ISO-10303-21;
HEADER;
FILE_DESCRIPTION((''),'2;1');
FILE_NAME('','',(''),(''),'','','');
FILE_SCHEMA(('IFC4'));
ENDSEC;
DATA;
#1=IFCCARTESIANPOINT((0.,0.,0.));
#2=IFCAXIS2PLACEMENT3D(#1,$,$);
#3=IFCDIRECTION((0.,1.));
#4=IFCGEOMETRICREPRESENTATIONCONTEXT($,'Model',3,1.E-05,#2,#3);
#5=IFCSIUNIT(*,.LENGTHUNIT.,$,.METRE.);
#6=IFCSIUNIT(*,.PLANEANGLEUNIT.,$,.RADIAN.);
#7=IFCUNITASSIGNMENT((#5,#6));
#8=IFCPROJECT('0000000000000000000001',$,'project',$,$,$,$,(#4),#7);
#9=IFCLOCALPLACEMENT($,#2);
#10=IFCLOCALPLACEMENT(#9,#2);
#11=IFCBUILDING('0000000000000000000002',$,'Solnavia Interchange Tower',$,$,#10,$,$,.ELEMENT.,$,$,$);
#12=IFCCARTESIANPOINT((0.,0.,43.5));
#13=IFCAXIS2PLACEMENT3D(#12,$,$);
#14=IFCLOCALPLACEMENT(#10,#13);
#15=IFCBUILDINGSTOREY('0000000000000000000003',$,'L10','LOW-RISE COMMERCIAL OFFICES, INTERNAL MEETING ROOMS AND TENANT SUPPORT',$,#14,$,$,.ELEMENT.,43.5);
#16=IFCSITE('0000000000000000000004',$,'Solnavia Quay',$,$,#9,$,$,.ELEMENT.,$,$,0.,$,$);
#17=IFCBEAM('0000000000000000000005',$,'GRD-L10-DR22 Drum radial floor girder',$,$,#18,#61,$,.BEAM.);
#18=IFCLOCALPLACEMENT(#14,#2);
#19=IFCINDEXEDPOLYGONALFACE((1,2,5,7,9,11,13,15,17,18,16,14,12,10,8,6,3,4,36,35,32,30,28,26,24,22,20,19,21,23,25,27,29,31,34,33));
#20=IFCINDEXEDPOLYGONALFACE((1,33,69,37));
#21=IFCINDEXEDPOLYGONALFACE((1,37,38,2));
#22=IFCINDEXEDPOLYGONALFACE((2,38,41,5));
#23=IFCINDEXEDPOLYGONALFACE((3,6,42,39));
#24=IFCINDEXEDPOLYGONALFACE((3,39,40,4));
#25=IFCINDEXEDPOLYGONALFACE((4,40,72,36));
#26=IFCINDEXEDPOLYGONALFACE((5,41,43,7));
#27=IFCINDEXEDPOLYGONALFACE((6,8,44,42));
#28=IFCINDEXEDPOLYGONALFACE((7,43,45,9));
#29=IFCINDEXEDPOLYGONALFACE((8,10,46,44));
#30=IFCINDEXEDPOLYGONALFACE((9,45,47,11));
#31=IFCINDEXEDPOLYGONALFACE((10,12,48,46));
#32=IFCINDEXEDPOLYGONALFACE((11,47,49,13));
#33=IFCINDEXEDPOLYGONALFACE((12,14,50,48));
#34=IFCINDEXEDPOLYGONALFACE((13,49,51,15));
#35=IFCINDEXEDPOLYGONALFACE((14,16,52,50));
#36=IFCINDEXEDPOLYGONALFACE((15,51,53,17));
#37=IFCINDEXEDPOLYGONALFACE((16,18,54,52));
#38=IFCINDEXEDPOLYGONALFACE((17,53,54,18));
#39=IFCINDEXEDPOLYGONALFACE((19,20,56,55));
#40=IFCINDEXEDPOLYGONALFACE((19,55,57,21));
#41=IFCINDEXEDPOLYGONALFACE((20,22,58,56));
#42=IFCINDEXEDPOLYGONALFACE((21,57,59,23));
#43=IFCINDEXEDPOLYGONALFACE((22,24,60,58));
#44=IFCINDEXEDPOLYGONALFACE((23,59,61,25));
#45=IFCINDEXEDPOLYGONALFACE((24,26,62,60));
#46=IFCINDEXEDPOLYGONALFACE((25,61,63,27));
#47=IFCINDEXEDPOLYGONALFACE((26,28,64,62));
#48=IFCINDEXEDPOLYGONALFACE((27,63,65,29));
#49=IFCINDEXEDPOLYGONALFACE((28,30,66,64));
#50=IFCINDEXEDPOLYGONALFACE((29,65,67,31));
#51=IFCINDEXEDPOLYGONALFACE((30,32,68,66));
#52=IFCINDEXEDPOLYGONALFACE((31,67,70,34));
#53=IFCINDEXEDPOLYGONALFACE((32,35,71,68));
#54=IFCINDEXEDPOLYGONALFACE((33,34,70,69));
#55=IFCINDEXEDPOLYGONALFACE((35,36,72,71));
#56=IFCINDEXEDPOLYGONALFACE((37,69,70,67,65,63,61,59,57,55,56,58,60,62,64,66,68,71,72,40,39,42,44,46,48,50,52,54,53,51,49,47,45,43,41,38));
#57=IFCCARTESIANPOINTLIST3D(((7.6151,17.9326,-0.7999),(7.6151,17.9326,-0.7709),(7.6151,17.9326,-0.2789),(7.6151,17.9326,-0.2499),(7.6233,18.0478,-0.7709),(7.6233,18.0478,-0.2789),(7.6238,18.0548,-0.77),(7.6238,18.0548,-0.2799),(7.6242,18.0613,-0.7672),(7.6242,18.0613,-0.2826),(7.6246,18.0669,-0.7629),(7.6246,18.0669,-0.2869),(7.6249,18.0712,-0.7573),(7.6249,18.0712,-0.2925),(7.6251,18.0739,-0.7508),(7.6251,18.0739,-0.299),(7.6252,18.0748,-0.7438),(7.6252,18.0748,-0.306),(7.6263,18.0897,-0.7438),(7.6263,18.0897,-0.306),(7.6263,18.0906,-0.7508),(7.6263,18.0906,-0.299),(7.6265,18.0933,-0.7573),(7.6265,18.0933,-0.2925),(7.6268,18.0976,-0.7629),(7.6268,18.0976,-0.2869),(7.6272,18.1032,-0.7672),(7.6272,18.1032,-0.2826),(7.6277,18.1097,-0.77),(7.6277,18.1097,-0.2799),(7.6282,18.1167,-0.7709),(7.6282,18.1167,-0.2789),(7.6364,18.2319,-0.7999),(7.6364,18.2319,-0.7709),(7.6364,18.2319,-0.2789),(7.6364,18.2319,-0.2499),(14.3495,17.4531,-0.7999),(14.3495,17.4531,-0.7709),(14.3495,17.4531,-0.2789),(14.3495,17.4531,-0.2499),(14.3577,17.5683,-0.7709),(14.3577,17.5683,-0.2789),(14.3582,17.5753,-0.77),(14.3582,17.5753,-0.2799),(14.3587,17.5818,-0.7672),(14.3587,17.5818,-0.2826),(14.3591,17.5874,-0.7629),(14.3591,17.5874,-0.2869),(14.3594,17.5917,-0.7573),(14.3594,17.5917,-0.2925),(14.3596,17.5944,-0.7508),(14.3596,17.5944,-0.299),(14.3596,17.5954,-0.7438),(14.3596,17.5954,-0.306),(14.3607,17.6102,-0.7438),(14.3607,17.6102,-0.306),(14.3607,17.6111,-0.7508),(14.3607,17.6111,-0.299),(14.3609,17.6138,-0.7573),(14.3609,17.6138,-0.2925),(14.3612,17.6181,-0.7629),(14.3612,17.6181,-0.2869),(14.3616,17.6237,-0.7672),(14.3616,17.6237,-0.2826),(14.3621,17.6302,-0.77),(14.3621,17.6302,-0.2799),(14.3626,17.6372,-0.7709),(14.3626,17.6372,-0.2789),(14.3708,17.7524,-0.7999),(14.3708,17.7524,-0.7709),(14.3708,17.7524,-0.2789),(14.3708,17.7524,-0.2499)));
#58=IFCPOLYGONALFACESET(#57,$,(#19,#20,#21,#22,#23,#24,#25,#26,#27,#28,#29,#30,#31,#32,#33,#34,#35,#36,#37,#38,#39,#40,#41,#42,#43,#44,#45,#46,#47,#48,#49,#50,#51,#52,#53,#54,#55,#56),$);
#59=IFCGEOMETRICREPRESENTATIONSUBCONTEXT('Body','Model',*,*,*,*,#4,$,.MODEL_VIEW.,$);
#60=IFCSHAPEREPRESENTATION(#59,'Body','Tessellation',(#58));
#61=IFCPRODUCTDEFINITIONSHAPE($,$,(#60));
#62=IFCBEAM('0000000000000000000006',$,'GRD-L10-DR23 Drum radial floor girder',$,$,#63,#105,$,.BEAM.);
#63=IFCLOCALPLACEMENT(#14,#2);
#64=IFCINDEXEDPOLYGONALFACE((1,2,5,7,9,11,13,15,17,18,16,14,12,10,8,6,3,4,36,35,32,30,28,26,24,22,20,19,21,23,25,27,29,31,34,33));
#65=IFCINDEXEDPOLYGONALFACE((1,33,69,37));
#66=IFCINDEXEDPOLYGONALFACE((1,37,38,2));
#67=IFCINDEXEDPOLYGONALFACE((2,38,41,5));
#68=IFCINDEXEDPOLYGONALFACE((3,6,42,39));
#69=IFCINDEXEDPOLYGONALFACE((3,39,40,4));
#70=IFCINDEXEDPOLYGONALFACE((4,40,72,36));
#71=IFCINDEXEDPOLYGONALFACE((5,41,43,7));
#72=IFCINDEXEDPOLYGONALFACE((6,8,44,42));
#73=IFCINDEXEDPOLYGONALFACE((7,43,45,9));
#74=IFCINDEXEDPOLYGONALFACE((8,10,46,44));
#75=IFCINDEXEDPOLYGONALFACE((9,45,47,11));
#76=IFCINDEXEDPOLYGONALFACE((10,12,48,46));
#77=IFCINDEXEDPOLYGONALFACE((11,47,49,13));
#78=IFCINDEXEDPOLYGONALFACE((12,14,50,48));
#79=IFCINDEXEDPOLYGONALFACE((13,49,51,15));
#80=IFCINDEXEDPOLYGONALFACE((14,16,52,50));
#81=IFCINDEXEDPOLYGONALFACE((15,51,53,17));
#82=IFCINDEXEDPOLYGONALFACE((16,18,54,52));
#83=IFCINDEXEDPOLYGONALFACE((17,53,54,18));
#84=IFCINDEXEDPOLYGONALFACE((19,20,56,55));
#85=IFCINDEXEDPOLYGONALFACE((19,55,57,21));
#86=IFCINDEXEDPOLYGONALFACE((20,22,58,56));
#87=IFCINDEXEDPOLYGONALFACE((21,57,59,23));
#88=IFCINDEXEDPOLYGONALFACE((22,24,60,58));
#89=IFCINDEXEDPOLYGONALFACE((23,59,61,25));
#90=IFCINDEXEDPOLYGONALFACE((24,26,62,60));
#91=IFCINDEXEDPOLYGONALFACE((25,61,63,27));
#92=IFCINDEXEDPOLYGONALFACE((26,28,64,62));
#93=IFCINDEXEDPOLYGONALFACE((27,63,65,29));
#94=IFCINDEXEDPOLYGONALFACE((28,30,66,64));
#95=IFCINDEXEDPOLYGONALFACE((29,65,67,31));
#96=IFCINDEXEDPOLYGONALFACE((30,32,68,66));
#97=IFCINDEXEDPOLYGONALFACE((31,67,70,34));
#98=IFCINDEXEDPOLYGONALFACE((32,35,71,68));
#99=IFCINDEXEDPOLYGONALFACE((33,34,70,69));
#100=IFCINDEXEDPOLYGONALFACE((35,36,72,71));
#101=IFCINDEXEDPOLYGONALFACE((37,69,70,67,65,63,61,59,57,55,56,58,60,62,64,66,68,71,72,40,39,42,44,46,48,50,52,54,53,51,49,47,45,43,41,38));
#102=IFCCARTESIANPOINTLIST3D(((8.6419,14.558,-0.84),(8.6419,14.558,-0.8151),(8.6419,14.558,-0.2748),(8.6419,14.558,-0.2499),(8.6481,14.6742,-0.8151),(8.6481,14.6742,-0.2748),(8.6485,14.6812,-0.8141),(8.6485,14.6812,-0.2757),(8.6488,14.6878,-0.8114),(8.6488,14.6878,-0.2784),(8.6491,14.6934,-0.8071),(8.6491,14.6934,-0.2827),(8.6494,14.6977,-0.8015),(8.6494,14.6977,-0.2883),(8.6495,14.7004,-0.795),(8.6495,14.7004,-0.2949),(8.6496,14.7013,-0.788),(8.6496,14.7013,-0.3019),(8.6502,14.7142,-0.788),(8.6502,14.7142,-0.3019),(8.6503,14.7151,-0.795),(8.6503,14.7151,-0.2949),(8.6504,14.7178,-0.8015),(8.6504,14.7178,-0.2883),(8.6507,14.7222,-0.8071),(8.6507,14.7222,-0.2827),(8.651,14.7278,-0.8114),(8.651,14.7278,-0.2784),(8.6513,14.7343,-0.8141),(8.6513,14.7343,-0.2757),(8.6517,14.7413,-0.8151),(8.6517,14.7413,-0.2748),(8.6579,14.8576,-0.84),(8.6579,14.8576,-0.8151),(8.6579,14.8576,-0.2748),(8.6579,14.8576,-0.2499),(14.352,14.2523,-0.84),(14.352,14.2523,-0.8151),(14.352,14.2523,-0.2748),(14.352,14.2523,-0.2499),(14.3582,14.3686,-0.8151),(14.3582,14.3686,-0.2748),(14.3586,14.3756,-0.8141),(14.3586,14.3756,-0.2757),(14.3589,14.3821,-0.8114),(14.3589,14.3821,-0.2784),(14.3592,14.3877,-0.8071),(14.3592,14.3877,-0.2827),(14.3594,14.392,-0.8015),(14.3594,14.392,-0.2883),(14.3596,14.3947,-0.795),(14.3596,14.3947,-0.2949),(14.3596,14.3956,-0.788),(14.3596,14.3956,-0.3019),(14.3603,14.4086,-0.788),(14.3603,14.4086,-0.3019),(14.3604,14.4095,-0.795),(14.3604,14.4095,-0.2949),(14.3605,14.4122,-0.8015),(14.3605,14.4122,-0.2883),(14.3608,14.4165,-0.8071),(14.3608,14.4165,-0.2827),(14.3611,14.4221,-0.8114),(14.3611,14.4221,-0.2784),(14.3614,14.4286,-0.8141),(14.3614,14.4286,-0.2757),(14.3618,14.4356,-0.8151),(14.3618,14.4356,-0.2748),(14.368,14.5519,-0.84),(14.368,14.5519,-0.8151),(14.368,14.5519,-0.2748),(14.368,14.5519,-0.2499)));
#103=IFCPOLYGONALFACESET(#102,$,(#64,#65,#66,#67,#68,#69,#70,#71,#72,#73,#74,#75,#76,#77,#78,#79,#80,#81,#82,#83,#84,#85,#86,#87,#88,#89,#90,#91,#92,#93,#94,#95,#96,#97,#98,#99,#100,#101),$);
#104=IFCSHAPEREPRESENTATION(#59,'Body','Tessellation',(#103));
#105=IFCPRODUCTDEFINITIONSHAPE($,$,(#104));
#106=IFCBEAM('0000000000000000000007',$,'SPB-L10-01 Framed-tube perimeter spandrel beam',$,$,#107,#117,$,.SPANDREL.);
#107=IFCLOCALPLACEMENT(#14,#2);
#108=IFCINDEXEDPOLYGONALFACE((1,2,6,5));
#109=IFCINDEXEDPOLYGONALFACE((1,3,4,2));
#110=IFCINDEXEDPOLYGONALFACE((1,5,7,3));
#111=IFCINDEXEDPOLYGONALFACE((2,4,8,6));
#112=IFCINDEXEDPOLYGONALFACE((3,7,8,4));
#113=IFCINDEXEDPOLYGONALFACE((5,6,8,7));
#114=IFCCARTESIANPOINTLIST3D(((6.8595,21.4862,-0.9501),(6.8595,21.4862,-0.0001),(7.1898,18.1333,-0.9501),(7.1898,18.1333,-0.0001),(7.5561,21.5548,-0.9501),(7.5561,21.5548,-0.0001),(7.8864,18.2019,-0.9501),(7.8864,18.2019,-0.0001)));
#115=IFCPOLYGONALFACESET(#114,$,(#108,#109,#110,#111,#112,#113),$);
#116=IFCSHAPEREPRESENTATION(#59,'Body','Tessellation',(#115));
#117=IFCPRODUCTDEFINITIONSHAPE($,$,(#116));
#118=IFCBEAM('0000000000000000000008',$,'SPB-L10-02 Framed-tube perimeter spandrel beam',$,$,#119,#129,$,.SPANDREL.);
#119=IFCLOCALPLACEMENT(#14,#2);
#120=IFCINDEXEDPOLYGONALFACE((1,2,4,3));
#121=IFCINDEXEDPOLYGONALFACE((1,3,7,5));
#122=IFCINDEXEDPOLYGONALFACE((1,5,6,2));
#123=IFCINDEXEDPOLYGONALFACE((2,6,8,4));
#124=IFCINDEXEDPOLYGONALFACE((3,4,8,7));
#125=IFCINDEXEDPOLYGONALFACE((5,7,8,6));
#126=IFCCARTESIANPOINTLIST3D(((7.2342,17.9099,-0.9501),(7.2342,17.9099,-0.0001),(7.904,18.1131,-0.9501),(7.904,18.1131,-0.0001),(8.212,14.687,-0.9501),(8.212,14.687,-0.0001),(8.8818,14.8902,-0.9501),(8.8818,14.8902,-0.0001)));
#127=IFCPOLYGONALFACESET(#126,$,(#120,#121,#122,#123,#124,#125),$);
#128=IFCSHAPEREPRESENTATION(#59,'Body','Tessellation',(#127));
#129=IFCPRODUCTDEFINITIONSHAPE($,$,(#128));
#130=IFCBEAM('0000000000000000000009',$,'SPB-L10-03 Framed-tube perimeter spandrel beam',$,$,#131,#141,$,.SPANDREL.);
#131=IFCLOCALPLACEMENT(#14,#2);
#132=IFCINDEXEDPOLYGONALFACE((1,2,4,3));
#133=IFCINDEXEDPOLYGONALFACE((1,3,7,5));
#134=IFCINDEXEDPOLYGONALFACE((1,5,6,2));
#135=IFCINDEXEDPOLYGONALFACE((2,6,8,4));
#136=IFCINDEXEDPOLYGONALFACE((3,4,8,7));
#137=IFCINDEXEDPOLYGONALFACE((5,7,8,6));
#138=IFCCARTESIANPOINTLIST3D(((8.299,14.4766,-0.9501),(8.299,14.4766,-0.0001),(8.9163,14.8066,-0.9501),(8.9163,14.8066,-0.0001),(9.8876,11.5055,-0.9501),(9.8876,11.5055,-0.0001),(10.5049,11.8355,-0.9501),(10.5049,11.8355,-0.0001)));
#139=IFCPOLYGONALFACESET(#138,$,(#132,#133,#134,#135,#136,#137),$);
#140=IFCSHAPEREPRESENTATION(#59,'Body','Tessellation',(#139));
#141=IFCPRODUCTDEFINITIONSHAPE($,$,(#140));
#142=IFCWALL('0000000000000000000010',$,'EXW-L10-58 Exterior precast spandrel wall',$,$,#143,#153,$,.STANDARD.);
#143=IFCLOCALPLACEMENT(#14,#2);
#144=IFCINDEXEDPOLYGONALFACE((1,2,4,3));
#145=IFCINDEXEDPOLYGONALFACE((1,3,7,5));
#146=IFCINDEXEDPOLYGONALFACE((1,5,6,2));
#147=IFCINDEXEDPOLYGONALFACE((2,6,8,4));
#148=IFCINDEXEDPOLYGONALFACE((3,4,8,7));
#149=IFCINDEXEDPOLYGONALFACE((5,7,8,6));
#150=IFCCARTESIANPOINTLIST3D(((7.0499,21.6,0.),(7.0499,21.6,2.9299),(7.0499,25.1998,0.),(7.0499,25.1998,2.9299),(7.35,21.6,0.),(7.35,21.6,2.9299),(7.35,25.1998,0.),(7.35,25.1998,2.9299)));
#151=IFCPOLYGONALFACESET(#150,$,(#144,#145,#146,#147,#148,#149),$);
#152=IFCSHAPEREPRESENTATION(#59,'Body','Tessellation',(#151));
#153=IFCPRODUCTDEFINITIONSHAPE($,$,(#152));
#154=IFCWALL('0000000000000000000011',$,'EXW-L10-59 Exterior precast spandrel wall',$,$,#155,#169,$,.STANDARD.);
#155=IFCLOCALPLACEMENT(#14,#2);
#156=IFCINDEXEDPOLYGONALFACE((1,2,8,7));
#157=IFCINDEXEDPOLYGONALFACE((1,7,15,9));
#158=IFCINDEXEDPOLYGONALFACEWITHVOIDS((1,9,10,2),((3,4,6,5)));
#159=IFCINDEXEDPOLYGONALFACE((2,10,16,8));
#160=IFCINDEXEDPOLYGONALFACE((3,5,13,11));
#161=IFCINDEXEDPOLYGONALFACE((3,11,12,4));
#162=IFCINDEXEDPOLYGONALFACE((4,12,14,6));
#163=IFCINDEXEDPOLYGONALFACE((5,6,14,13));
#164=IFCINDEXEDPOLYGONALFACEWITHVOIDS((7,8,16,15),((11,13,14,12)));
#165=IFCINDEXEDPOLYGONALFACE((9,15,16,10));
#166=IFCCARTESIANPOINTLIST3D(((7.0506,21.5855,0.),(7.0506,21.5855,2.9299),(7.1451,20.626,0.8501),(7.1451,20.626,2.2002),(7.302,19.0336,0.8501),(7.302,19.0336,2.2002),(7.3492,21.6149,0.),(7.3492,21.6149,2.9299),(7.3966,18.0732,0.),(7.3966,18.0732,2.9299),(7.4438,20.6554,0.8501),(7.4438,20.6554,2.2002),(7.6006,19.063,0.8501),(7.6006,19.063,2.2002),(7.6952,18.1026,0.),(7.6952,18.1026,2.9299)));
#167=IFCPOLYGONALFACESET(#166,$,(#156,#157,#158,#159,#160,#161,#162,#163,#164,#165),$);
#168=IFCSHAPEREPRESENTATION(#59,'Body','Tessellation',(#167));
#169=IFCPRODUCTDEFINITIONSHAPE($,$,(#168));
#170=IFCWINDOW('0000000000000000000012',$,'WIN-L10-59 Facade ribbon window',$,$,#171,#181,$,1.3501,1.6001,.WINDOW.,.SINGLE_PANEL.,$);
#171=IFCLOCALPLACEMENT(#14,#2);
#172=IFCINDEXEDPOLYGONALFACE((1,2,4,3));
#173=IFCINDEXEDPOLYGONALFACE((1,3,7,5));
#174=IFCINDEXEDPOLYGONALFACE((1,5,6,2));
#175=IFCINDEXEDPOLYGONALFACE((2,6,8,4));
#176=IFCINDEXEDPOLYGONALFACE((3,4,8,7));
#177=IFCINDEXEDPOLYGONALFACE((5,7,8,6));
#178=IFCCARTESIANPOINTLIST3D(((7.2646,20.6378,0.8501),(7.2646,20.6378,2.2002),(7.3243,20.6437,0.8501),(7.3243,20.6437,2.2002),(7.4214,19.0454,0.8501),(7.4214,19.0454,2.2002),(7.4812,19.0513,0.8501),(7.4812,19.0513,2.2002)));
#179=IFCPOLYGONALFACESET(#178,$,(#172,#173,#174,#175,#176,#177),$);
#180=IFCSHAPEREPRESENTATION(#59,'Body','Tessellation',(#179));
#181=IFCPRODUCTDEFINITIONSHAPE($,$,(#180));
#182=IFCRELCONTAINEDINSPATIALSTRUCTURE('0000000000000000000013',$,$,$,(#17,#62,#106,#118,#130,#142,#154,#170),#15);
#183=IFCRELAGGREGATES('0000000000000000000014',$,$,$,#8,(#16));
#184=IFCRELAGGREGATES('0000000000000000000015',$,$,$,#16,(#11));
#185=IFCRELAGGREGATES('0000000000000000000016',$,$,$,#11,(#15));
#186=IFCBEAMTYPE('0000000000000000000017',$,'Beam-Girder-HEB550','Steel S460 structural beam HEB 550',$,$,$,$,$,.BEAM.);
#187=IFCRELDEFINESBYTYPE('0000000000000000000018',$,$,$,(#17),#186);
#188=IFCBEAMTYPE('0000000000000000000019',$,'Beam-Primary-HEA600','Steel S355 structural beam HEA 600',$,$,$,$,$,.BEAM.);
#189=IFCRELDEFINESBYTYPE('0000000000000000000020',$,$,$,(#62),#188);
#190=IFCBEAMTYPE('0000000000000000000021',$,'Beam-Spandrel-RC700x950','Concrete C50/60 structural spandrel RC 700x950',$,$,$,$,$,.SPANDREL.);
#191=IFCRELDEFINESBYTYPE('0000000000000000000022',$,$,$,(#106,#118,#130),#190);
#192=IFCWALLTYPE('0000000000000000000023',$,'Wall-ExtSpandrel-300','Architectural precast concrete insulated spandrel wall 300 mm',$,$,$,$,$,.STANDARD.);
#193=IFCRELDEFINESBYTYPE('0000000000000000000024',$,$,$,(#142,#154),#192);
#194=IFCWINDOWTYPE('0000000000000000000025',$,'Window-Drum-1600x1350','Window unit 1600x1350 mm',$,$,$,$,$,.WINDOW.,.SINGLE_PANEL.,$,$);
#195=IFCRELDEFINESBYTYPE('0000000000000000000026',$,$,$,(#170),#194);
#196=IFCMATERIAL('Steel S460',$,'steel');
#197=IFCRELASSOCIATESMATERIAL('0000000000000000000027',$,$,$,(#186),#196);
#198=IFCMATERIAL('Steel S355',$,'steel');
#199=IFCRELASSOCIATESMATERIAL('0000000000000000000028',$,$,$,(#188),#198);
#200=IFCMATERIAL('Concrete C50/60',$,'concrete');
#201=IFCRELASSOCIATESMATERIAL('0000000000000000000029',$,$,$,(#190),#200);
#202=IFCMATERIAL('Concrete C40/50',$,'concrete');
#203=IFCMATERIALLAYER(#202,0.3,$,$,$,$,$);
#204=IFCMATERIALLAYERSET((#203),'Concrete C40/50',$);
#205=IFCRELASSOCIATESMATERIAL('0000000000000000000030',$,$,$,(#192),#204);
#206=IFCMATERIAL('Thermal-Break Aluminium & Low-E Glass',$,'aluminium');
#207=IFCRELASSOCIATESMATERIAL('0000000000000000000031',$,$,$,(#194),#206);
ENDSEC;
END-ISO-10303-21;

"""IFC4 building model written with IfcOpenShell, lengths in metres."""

from ifc_helpers import new_model, si_unit, direction, frame, frame_2d, origin, origin_2d, place, context, subcontext, project, spatial, rectangle, i_section, extrude, material, layer, layer_set, material_profile, profile_set, type_object, element, fill, save


model = new_model("IFC4")

# Units and contexts
model_context = context("Model", 3, precision=1e-05, world=origin(), true_north=direction((0.0, 1.0)))
body_context = subcontext(model_context, "Body", "Model", "MODEL_VIEW")
ifc_project = project(units=[si_unit("LENGTHUNIT", "METRE"), si_unit("PLANEANGLEUNIT", "RADIAN")], contexts=[model_context])

# Site, building, storey
site_placement = place(None, origin())
site = spatial("IfcSite", under=ifc_project, at=site_placement, Name="Solnavia Quay", CompositionType="ELEMENT", RefElevation=0.0)
building_placement = place(site_placement, origin())
building = spatial("IfcBuilding", under=site, at=building_placement, Name="Solnavia Interchange Tower", CompositionType="ELEMENT")
storey_placement = place(building_placement, frame((0.0, 0.0, 43.5)))
storey = spatial("IfcBuildingStorey", under=building, at=storey_placement, Name="L10", Description="LOW-RISE COMMERCIAL OFFICES, INTERNAL MEETING ROOMS AND TENANT SUPPORT", CompositionType="ELEMENT", Elevation=43.5)

# Beams
ifc_material_1 = material(Name="Concrete C50/60", Category="concrete")
ifc_material_2 = material(Name="Steel S460", Category="steel")
ifc_material_profile_1 = material_profile(ifc_material_2, i_section(OverallWidth=0.3, OverallDepth=0.55, WebThickness=0.0149, FlangeThickness=0.0291, FilletRadius=0.0271, at=origin_2d()), Name="HEB 550")
ifc_profile_set_1 = profile_set([ifc_material_profile_1], Name="Steel S460")
beam_type_1 = type_object("IfcBeamType", Name="Beam-Girder-HEB550", Description="Steel S460 structural beam HEB 550", PredefinedType="BEAM", material=ifc_profile_set_1)
beam_1_placement = place(storey_placement, frame((7.6257, 18.0823, -0.5249), z_axis=(0.997475, -0.071021, 0.0), x_axis=(0.071021, 0.997475, 0.0)))
element("IfcBeam", 1, at=beam_1_placement, inside=storey, type_object=beam_type_1, Name="GRD-L10-DR22 Drum radial floor girder", PredefinedType="BEAM", context=body_context, shape_type="SweptSolid", body=[
    extrude(i_section(OverallWidth=0.3, OverallDepth=0.55, WebThickness=0.0149, FlangeThickness=0.0291, FilletRadius=0.0271, at=origin_2d()), origin(), (0.0, 0.0, 1.0), 6.7515),
])
ifc_material_3 = material(Name="Steel S355", Category="steel")
ifc_material_profile_2 = material_profile(ifc_material_3, i_section(OverallWidth=0.3, OverallDepth=0.5901, WebThickness=0.0129, FlangeThickness=0.0249, FilletRadius=0.0271, at=origin_2d()), Name="HEA 600")
ifc_profile_set_2 = profile_set([ifc_material_profile_2], Name="Steel S355")
beam_type_2 = type_object("IfcBeamType", Name="Beam-Primary-HEA600", Description="Steel S355 structural beam HEA 600", PredefinedType="BEAM", material=ifc_profile_set_2)
beam_2_placement = place(storey_placement, frame((8.6499, 14.7078, -0.5449), z_axis=(0.99857, -0.053453, 0.0), x_axis=(0.053453, 0.99857, 0.0)))
element("IfcBeam", 2, at=beam_2_placement, inside=storey, type_object=beam_type_2, Name="GRD-L10-DR23 Drum radial floor girder", PredefinedType="BEAM", context=body_context, shape_type="SweptSolid", body=[
    extrude(i_section(OverallWidth=0.3, OverallDepth=0.5901, WebThickness=0.0129, FlangeThickness=0.0249, FilletRadius=0.0271, at=origin_2d()), origin(), (0.0, 0.0, 1.0), 5.7183),
])
ifc_material_profile_3 = material_profile(ifc_material_1, rectangle(XDim=0.7, YDim=0.95, at=origin_2d()), Name="RC 700x950")
ifc_profile_set_3 = profile_set([ifc_material_profile_3], Name="Concrete C50/60")
beam_type_3 = type_object("IfcBeamType", Name="Beam-Spandrel-RC700x950", Description="Concrete C50/60 structural spandrel RC 700x950", PredefinedType="SPANDREL", material=ifc_profile_set_3)
beam_3_placement = place(storey_placement, frame((7.2078, 21.5205, -0.4751), z_axis=(0.09804, -0.995182, 0.0), x_axis=(0.995182, 0.09804, 0.0)))
element("IfcBeam", 3, at=beam_3_placement, inside=storey, type_object=beam_type_3, Name="SPB-L10-01 Framed-tube perimeter spandrel beam", PredefinedType="SPANDREL", context=body_context, shape_type="SweptSolid", body=[
    extrude(rectangle(XDim=0.7, YDim=0.95, at=origin_2d()), origin(), (0.0, 0.0, 1.0), 3.3691),
])
beam_4_placement = place(storey_placement, frame((7.5691, 18.0115, -0.4751), z_axis=(0.290319, -0.95693, 0.0), x_axis=(0.95693, 0.290319, 0.0)))
element("IfcBeam", 4, at=beam_4_placement, inside=storey, type_object=beam_type_3, Name="SPB-L10-02 Framed-tube perimeter spandrel beam", PredefinedType="SPANDREL", context=body_context, shape_type="SweptSolid", body=[
    extrude(rectangle(XDim=0.7, YDim=0.95, at=origin_2d()), origin(), (0.0, 0.0, 1.0), 3.3679),
])
beam_5_placement = place(storey_placement, frame((8.6077, 14.6416, -0.4751), z_axis=(0.471509, -0.881861, 0.0), x_axis=(0.881861, 0.471509, 0.0)))
element("IfcBeam", 5, at=beam_5_placement, inside=storey, type_object=beam_type_3, Name="SPB-L10-03 Framed-tube perimeter spandrel beam", PredefinedType="SPANDREL", context=body_context, shape_type="SweptSolid", body=[
    extrude(rectangle(XDim=0.7, YDim=0.95, at=origin_2d()), origin(), (0.0, 0.0, 1.0), 3.3691),
])

# Wall
ifc_material_4 = material(Name="Concrete C40/50", Category="concrete")
ifc_layer_1 = layer(ifc_material_4, 0.3)
ifc_layer_set_1 = layer_set([ifc_layer_1], Name="Concrete C40/50")
wall_type_1 = type_object("IfcWallType", Name="Wall-ExtSpandrel-300", Description="Architectural precast concrete insulated spandrel wall 300 mm", PredefinedType="STANDARD", material=ifc_layer_set_1)
wall_1_placement = place(storey_placement, frame((7.2, 21.6001, 0.0), z_axis=(0.0, 0.0, 1.0), x_axis=(0.0, 1.0, 0.0)))
element("IfcWall", 6, at=wall_1_placement, inside=storey, type_object=wall_type_1, Name="EXW-L10-58 Exterior precast spandrel wall", PredefinedType="STANDARD", context=body_context, shape_type="SweptSolid", body=[
    extrude(rectangle(XDim=3.5999, YDim=0.3, at=frame_2d((1.7998, 0.0))), origin(), (0.0, 0.0, 1.0), 2.9299),
])

# Wall, opening, window
wall_2_placement = place(storey_placement, frame((7.5459, 18.0879, 0.0), z_axis=(0.0, 0.0, 1.0), x_axis=(-0.098024, 0.995184, 0.0)))
wall_2 = element("IfcWall", 7, at=wall_2_placement, inside=storey, type_object=wall_type_1, Name="EXW-L10-59 Exterior precast spandrel wall", PredefinedType="STANDARD", context=body_context, shape_type="SweptSolid", body=[
    extrude(rectangle(XDim=3.5293, YDim=0.3, at=frame_2d((1.7646, 0.0))), origin(), (0.0, 0.0, 1.0), 2.9299),
])
opening_1_placement = place(wall_2_placement, frame((0.9651, 0.0, 0.8501)))
opening_1 = element("IfcOpeningElement", 8, at=opening_1_placement, cuts=wall_2, PredefinedType="OPENING", context=body_context, shape_type="SweptSolid", body=[
    extrude(rectangle(XDim=1.6001, YDim=1.3501, at=frame_2d((0.8, 0.675))), frame((0.0, 0.1602, 0.0), z_axis=(0.0, -1.0, 0.0), x_axis=(1.0, 0.0, 0.0)), (0.0, 0.0, 1.0), 0.3201),
])
ifc_material_5 = material(Name="Thermal-Break Aluminium & Low-E Glass", Category="aluminium")
window_type = type_object("IfcWindowType", Name="Window-Drum-1600x1350", Description="Window unit 1600x1350 mm", PartitioningType="SINGLE_PANEL", PredefinedType="WINDOW", material=ifc_material_5)
window_1_placement = place(opening_1_placement, origin())
window_1 = element("IfcWindow", 9, at=window_1_placement, inside=storey, type_object=window_type, Name="WIN-L10-59 Facade ribbon window", OverallHeight=1.3501, OverallWidth=1.6001, PartitioningType="SINGLE_PANEL", PredefinedType="WINDOW", context=body_context, shape_type="SweptSolid", body=[
    extrude(rectangle(XDim=1.6001, YDim=1.3501, at=frame_2d((0.8, 0.675))), frame((0.0, 0.03, 0.0), z_axis=(0.0, -1.0, 0.0), x_axis=(1.0, 0.0, 0.0)), (0.0, 0.0, 1.0), 0.0601),
])
fill(opening_1, window_1)

save(model, "model.ifc")
